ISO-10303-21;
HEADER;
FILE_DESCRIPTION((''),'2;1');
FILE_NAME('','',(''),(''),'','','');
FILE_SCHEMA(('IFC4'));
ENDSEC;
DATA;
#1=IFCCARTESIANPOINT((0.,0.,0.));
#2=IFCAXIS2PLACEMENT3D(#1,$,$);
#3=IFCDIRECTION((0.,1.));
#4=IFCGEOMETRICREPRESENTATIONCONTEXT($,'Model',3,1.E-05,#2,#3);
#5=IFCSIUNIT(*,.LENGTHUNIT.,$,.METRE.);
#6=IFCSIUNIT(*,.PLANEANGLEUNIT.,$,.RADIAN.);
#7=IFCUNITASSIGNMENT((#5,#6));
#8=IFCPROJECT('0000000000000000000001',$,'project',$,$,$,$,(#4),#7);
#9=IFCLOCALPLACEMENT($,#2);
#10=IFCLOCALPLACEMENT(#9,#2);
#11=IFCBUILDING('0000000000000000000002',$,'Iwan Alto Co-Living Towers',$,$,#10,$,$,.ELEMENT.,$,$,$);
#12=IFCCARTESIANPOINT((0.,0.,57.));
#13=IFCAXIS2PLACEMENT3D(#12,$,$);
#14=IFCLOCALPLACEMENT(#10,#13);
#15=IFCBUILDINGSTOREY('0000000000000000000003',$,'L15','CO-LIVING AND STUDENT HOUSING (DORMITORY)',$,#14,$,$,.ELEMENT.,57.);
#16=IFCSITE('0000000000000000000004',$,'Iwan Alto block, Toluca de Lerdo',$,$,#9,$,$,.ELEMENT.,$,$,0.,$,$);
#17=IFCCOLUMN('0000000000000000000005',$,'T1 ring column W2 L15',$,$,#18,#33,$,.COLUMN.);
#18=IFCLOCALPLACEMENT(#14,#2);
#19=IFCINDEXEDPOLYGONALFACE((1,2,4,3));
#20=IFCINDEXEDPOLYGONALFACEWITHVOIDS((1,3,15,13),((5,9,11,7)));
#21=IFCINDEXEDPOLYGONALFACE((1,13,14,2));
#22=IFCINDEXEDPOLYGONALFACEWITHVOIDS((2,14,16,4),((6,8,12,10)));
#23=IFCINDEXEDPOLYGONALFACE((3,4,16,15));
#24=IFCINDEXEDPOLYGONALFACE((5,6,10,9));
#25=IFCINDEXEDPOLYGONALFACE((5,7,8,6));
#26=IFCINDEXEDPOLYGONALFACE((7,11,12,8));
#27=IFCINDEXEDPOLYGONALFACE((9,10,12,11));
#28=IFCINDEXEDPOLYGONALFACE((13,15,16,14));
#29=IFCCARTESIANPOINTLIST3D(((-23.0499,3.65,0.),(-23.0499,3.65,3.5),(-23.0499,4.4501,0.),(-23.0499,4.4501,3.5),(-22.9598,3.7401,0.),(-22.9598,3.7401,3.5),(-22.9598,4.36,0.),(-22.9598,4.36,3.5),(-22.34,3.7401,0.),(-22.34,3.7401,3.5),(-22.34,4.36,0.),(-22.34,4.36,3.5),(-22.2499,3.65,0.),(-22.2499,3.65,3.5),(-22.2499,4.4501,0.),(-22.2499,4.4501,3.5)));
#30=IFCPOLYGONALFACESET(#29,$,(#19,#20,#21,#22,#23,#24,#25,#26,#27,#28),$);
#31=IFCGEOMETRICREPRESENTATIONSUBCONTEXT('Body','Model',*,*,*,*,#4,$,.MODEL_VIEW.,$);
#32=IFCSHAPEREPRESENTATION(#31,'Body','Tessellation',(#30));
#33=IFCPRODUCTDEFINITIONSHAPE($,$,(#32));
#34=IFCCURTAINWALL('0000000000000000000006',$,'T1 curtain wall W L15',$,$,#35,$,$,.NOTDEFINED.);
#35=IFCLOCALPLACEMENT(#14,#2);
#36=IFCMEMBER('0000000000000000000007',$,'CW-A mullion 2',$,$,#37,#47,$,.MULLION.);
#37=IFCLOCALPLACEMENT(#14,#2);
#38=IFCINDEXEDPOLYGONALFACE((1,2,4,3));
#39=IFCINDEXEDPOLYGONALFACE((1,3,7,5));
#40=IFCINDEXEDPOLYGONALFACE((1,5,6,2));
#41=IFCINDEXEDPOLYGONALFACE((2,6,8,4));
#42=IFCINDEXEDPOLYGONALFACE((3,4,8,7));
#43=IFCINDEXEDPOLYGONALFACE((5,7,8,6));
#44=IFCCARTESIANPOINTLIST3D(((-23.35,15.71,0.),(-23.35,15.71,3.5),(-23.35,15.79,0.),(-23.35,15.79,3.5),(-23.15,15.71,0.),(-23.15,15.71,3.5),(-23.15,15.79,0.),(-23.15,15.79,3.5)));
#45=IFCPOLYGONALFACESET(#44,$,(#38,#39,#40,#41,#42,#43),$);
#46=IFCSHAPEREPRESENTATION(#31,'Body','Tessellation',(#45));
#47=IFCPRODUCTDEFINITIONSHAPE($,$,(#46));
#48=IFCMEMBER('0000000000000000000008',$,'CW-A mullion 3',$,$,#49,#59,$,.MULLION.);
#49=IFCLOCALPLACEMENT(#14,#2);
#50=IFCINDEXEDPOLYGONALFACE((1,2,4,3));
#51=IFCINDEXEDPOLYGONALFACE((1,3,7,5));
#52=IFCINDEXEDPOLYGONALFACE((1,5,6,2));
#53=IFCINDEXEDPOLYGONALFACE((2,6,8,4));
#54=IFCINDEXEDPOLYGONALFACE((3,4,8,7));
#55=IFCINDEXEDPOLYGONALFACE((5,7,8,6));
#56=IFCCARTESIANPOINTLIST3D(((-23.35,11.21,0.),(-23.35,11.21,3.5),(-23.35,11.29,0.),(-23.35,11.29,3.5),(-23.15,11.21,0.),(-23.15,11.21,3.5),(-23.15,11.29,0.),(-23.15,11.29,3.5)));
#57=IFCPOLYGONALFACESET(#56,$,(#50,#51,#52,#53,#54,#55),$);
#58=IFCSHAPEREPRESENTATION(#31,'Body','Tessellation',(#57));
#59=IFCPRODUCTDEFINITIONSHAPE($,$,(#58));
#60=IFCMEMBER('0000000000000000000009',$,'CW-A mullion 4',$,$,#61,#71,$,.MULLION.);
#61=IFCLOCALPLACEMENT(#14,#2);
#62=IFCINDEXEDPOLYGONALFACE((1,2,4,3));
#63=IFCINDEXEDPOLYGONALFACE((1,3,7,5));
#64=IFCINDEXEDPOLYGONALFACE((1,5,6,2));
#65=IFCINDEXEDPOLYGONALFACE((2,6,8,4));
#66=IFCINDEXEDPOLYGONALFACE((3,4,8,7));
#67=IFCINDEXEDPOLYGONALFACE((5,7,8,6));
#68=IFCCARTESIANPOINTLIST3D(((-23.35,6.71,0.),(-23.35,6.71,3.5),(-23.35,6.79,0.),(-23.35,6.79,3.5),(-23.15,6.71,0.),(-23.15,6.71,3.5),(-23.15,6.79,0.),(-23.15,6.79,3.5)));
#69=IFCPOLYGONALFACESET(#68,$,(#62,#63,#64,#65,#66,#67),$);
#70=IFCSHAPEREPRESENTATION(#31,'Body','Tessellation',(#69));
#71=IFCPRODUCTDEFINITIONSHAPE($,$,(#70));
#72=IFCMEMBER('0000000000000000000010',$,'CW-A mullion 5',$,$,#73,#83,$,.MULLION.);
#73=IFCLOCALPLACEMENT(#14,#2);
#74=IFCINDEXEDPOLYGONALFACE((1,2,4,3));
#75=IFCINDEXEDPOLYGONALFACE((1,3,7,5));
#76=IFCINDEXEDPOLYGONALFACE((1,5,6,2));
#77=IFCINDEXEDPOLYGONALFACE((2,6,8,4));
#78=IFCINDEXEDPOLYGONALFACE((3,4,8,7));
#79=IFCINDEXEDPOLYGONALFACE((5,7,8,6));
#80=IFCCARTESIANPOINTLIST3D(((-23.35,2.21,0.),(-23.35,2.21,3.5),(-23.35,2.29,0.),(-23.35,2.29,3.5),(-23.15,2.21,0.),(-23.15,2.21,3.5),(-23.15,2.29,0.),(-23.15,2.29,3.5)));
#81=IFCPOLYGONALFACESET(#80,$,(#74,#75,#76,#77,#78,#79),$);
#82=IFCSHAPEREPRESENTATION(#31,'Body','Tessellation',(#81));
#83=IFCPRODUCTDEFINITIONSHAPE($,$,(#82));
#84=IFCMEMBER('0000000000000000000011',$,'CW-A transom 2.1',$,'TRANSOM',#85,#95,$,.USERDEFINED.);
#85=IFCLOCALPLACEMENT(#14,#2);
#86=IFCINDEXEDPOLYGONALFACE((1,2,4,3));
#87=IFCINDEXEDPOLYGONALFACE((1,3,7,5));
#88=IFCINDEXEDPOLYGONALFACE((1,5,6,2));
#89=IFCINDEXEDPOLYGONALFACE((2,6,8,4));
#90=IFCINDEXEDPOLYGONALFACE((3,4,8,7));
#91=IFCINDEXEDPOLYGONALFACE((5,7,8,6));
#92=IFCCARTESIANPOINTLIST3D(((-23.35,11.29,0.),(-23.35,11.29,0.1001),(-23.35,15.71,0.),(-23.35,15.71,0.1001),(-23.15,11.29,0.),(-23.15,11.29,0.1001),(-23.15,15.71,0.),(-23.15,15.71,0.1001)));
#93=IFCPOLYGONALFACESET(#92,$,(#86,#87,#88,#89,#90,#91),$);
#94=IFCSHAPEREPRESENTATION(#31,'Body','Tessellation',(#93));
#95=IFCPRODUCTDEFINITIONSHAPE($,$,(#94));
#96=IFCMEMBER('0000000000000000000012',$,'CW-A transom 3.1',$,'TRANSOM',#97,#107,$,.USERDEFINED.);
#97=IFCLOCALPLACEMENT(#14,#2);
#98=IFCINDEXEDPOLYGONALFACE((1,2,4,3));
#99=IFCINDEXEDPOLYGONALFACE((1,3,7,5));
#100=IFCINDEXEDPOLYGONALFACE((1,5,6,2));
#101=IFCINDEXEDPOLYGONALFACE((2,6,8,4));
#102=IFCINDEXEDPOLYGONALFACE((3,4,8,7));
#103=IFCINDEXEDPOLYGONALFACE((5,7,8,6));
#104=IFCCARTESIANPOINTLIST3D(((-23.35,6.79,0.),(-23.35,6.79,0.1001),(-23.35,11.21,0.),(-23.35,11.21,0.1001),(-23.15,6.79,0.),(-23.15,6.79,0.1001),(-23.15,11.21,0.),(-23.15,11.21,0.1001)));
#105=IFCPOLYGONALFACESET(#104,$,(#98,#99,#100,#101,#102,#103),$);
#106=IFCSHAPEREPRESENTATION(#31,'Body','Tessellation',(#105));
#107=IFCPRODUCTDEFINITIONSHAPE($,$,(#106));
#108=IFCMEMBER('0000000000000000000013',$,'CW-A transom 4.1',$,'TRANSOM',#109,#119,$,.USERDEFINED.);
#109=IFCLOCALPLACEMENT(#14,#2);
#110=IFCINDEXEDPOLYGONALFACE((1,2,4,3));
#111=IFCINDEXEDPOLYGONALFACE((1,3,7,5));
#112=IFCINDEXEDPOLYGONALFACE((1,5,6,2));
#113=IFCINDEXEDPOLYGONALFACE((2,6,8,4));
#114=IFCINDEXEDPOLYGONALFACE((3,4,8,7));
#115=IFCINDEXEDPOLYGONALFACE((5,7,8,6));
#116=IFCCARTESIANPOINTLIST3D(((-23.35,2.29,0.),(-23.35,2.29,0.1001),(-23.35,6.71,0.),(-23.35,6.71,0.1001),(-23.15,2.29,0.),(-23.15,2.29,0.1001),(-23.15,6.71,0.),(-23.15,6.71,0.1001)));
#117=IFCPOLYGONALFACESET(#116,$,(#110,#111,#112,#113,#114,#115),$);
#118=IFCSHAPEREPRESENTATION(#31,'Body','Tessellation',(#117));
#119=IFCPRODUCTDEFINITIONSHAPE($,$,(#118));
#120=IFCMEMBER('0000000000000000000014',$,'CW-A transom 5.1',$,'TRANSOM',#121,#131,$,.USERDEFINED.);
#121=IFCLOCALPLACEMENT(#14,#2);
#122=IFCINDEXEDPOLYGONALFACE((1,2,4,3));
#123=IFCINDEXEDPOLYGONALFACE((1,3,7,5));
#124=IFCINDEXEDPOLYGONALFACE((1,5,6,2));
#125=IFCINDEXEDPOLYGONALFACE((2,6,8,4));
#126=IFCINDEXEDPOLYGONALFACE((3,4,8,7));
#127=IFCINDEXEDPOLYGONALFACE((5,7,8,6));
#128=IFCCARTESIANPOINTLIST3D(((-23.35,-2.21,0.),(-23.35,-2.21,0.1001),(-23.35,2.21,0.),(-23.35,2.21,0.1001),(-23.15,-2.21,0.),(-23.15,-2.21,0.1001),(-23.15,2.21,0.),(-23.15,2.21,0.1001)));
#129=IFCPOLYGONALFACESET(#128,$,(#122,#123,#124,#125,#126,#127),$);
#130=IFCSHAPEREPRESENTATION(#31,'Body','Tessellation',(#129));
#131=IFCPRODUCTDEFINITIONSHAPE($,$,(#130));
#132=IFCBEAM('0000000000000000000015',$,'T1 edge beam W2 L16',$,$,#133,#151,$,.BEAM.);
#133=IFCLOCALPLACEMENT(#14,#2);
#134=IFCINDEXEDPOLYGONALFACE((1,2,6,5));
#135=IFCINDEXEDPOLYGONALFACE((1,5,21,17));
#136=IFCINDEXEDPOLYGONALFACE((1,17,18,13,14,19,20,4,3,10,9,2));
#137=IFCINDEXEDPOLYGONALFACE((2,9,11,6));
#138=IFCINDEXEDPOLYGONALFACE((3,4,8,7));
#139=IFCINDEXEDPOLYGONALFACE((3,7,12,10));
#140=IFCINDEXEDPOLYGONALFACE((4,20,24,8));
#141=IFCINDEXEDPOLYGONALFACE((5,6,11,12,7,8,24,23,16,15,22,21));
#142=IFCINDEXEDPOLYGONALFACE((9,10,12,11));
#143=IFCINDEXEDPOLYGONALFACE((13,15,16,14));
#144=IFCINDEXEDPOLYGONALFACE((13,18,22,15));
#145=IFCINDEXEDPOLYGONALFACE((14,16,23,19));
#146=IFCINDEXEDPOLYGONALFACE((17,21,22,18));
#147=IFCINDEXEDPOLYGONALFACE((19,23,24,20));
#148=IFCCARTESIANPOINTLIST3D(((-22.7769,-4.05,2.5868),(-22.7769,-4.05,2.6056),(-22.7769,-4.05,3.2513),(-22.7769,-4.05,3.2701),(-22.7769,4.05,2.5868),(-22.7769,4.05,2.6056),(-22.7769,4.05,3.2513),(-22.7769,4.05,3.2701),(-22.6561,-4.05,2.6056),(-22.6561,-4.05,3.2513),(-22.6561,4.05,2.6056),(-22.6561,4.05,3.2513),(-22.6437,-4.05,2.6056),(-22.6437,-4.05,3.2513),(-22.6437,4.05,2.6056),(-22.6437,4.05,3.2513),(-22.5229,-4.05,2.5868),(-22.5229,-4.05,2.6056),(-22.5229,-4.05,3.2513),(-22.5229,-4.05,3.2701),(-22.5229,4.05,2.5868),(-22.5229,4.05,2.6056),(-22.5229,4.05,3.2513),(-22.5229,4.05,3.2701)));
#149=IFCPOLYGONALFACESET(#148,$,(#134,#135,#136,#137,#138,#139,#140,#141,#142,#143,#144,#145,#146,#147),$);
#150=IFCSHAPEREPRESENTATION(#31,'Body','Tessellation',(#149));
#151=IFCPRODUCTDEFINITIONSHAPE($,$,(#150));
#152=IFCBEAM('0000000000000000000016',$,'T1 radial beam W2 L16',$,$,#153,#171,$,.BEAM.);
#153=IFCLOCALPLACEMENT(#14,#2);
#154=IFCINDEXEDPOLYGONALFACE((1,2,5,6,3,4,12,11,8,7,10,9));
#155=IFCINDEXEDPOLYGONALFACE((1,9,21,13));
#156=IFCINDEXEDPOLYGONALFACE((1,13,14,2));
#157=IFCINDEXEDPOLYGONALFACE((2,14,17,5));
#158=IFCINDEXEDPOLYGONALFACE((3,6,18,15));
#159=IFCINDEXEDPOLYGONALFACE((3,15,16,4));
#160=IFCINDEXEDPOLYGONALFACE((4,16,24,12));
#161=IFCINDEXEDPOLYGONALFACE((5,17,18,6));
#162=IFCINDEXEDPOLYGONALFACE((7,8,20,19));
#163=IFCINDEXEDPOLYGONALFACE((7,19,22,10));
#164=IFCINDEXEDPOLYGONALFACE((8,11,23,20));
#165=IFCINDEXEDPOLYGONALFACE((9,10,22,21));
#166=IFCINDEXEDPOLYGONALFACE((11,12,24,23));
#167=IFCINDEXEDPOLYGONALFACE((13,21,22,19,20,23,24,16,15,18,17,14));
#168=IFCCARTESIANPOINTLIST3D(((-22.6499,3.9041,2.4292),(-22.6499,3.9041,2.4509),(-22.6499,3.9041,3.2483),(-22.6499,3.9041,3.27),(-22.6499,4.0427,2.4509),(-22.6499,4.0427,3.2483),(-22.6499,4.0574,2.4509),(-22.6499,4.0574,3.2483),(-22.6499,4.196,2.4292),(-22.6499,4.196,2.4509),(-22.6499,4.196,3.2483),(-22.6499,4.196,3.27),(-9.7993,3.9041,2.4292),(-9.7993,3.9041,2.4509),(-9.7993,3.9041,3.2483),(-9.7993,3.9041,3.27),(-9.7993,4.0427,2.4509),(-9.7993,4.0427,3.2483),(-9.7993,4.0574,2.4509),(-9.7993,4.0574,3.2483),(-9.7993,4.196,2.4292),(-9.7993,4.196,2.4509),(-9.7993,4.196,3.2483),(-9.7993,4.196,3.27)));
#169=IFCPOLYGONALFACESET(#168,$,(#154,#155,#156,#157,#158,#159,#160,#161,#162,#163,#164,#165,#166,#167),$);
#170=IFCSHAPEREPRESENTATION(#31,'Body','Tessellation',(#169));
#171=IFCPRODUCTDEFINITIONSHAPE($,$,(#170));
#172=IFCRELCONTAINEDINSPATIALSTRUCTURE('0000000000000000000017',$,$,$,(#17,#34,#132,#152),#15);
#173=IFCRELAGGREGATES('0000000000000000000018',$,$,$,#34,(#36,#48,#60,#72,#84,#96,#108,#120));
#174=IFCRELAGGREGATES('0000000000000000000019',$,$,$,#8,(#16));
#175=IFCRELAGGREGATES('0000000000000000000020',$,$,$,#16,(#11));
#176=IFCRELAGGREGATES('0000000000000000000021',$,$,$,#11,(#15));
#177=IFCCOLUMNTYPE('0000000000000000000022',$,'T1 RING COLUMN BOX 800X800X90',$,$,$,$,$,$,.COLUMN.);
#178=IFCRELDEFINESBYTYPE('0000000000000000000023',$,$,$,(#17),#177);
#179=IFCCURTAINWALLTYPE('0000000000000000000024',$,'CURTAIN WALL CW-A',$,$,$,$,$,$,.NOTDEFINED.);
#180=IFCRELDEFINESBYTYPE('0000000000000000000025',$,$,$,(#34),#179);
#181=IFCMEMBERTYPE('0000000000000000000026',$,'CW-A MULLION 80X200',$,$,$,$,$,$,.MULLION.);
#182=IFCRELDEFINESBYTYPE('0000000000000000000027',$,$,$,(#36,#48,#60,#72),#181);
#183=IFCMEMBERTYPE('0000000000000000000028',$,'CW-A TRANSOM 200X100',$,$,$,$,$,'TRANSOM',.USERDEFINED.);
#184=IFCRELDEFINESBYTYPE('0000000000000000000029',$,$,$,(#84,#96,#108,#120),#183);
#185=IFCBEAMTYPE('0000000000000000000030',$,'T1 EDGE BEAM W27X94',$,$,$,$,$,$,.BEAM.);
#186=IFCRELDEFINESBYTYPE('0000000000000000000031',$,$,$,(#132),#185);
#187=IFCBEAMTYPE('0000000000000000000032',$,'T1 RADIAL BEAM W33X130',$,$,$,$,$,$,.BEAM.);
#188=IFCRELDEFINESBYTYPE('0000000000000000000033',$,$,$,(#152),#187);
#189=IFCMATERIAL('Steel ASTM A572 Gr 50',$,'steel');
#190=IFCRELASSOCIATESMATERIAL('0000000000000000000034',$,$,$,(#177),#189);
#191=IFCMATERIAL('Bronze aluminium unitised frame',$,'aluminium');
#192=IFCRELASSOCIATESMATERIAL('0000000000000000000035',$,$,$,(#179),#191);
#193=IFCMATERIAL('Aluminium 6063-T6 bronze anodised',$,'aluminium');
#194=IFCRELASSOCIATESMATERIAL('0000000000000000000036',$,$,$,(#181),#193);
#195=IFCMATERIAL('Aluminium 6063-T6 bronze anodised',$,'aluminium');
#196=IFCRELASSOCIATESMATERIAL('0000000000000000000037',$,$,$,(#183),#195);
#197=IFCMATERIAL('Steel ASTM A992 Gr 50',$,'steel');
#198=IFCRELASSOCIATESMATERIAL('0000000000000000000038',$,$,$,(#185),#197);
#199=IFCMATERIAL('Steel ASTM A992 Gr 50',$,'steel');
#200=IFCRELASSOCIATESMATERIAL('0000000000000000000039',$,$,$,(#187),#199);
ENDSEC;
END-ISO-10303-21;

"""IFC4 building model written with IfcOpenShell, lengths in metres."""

from ifc_helpers import new_model, si_unit, direction, frame, origin, origin_2d, place, context, subcontext, project, spatial, rectangle, hollow_rectangle, i_section, extrude, material, material_profile, profile_set, type_object, element, aggregate, save


model = new_model("IFC4")

# Units and contexts
model_context = context("Model", 3, precision=1e-05, world=origin(), true_north=direction((0.0, 1.0)))
body_context = subcontext(model_context, "Body", "Model", "MODEL_VIEW")
ifc_project = project(units=[si_unit("LENGTHUNIT", "METRE"), si_unit("PLANEANGLEUNIT", "RADIAN")], contexts=[model_context])

# Site, building, storey
site_placement = place(None, origin())
site = spatial("IfcSite", under=ifc_project, at=site_placement, Name="Iwan Alto block, Toluca de Lerdo", CompositionType="ELEMENT", RefElevation=0.0)
building_placement = place(site_placement, origin())
building = spatial("IfcBuilding", under=site, at=building_placement, Name="Iwan Alto Co-Living Towers", CompositionType="ELEMENT")
storey_placement = place(building_placement, frame((0.0, 0.0, 57.0)))
storey = spatial("IfcBuildingStorey", under=building, at=storey_placement, Name="L15", Description="CO-LIVING AND STUDENT HOUSING (DORMITORY)", CompositionType="ELEMENT", Elevation=57.0)

# Column
ifc_material_1 = material(Name="Steel ASTM A572 Gr 50", Category="steel")
ifc_material_profile_1 = material_profile(ifc_material_1, hollow_rectangle(XDim=0.8, YDim=0.8, WallThickness=0.0901, at=origin_2d()), Name="BOX 800X800X90")
ifc_profile_set_1 = profile_set([ifc_material_profile_1], Name="Steel ASTM A572 Gr 50")
column_type = type_object("IfcColumnType", Name="T1 RING COLUMN BOX 800X800X90", PredefinedType="COLUMN", material=ifc_profile_set_1)
column_placement = place(storey_placement, frame((-22.6499, 4.05, 0.0), z_axis=(0.0, 0.0, 1.0), x_axis=(1.0, 0.0, 0.0)))
element("IfcColumn", 1, at=column_placement, inside=storey, type_object=column_type, Name="T1 ring column W2 L15", PredefinedType="COLUMN", context=body_context, shape_type="SweptSolid", body=[
    extrude(hollow_rectangle(XDim=0.8, YDim=0.8, WallThickness=0.0901, at=origin_2d()), origin(), (0.0, 0.0, 1.0), 3.5),
])

# Curtain wall, members
ifc_material_2 = material(Name="Bronze aluminium unitised frame", Category="aluminium")
curtain_wall_type = type_object("IfcCurtainWallType", Name="CURTAIN WALL CW-A", PredefinedType="NOTDEFINED", material=ifc_material_2)
curtain_wall_placement = place(storey_placement, origin())
curtain_wall = element("IfcCurtainWall", 2, at=curtain_wall_placement, inside=storey, type_object=curtain_wall_type, Name="T1 curtain wall W L15", PredefinedType="NOTDEFINED")
ifc_material_3 = material(Name="Aluminium 6063-T6 bronze anodised", Category="aluminium")
ifc_material_profile_2 = material_profile(ifc_material_3, rectangle(XDim=0.2, YDim=0.0801, at=origin_2d()), Name="AL 80X200")
ifc_profile_set_2 = profile_set([ifc_material_profile_2], Name="Aluminium 6063-T6 bronze anodised")
member_type_1 = type_object("IfcMemberType", Name="CW-A MULLION 80X200", PredefinedType="MULLION", material=ifc_profile_set_2)
member_1_placement = place(storey_placement, frame((-23.25, 15.75, 0.0), z_axis=(0.0, 0.0, 1.0), x_axis=(1.0, 0.0, 0.0)))
member_1 = element("IfcMember", 3, at=member_1_placement, type_object=member_type_1, Name="CW-A mullion 2", PredefinedType="MULLION", context=body_context, shape_type="SweptSolid", body=[
    extrude(rectangle(XDim=0.2, YDim=0.0801, at=origin_2d()), origin(), (0.0, 0.0, 1.0), 3.5),
])
member_2_placement = place(storey_placement, frame((-23.25, 11.25, 0.0), z_axis=(0.0, 0.0, 1.0), x_axis=(1.0, 0.0, 0.0)))
member_2 = element("IfcMember", 4, at=member_2_placement, type_object=member_type_1, Name="CW-A mullion 3", PredefinedType="MULLION", context=body_context, shape_type="SweptSolid", body=[
    extrude(rectangle(XDim=0.2, YDim=0.0801, at=origin_2d()), origin(), (0.0, 0.0, 1.0), 3.5),
])
member_3_placement = place(storey_placement, frame((-23.25, 6.75, 0.0), z_axis=(0.0, 0.0, 1.0), x_axis=(1.0, 0.0, 0.0)))
member_3 = element("IfcMember", 5, at=member_3_placement, type_object=member_type_1, Name="CW-A mullion 4", PredefinedType="MULLION", context=body_context, shape_type="SweptSolid", body=[
    extrude(rectangle(XDim=0.2, YDim=0.0801, at=origin_2d()), origin(), (0.0, 0.0, 1.0), 3.5),
])
member_4_placement = place(storey_placement, frame((-23.25, 2.25, 0.0), z_axis=(0.0, 0.0, 1.0), x_axis=(1.0, 0.0, 0.0)))
member_4 = element("IfcMember", 6, at=member_4_placement, type_object=member_type_1, Name="CW-A mullion 5", PredefinedType="MULLION", context=body_context, shape_type="SweptSolid", body=[
    extrude(rectangle(XDim=0.2, YDim=0.0801, at=origin_2d()), origin(), (0.0, 0.0, 1.0), 3.5),
])
ifc_material_4 = material(Name="Aluminium 6063-T6 bronze anodised", Category="aluminium")
ifc_material_profile_3 = material_profile(ifc_material_4, rectangle(XDim=0.2, YDim=0.1001, at=origin_2d()), Name="AL 200X100")
ifc_profile_set_3 = profile_set([ifc_material_profile_3], Name="Aluminium 6063-T6 bronze anodised")
member_type_2 = type_object("IfcMemberType", Name="CW-A TRANSOM 200X100", ElementType="TRANSOM", PredefinedType="USERDEFINED", material=ifc_profile_set_3)
member_5_placement = place(storey_placement, frame((-23.25, 15.71, 0.05), z_axis=(0.0, -1.0, 0.0), x_axis=(1.0, 0.0, 0.0)))
member_5 = element("IfcMember", 7, at=member_5_placement, type_object=member_type_2, Name="CW-A transom 2.1", ObjectType="TRANSOM", PredefinedType="USERDEFINED", context=body_context, shape_type="SweptSolid", body=[
    extrude(rectangle(XDim=0.2, YDim=0.1001, at=origin_2d()), origin(), (0.0, 0.0, 1.0), 4.4199),
])
member_6_placement = place(storey_placement, frame((-23.25, 11.21, 0.05), z_axis=(0.0, -1.0, 0.0), x_axis=(1.0, 0.0, 0.0)))
member_6 = element("IfcMember", 8, at=member_6_placement, type_object=member_type_2, Name="CW-A transom 3.1", ObjectType="TRANSOM", PredefinedType="USERDEFINED", context=body_context, shape_type="SweptSolid", body=[
    extrude(rectangle(XDim=0.2, YDim=0.1001, at=origin_2d()), origin(), (0.0, 0.0, 1.0), 4.4199),
])
member_7_placement = place(storey_placement, frame((-23.25, 6.71, 0.05), z_axis=(0.0, -1.0, 0.0), x_axis=(1.0, 0.0, 0.0)))
member_7 = element("IfcMember", 9, at=member_7_placement, type_object=member_type_2, Name="CW-A transom 4.1", ObjectType="TRANSOM", PredefinedType="USERDEFINED", context=body_context, shape_type="SweptSolid", body=[
    extrude(rectangle(XDim=0.2, YDim=0.1001, at=origin_2d()), origin(), (0.0, 0.0, 1.0), 4.4199),
])
member_8_placement = place(storey_placement, frame((-23.25, 2.21, 0.05), z_axis=(0.0, -1.0, 0.0), x_axis=(1.0, 0.0, 0.0)))
member_8 = element("IfcMember", 10, at=member_8_placement, type_object=member_type_2, Name="CW-A transom 5.1", ObjectType="TRANSOM", PredefinedType="USERDEFINED", context=body_context, shape_type="SweptSolid", body=[
    extrude(rectangle(XDim=0.2, YDim=0.1001, at=origin_2d()), origin(), (0.0, 0.0, 1.0), 4.4199),
])

# Beams
ifc_material_5 = material(Name="Steel ASTM A992 Gr 50", Category="steel")
ifc_material_profile_4 = material_profile(ifc_material_5, i_section(OverallWidth=0.2539, OverallDepth=0.6833, WebThickness=0.0125, FlangeThickness=0.0188, at=origin_2d()), Name="W27X94")
ifc_profile_set_4 = profile_set([ifc_material_profile_4], Name="Steel ASTM A992 Gr 50")
beam_type_1 = type_object("IfcBeamType", Name="T1 EDGE BEAM W27X94", PredefinedType="BEAM", material=ifc_profile_set_4)
beam_1_placement = place(storey_placement, frame((-22.6499, 4.05, 2.9285), z_axis=(0.0, -1.0, 0.0), x_axis=(1.0, 0.0, 0.0)))
element("IfcBeam", 11, at=beam_1_placement, inside=storey, type_object=beam_type_1, Name="T1 edge beam W2 L16", PredefinedType="BEAM", context=body_context, shape_type="SweptSolid", body=[
    extrude(i_section(OverallWidth=0.2539, OverallDepth=0.6833, WebThickness=0.0125, FlangeThickness=0.0188, at=origin_2d()), origin(), (0.0, 0.0, 1.0), 8.1001),
])
ifc_material_6 = material(Name="Steel ASTM A992 Gr 50", Category="steel")
ifc_material_profile_5 = material_profile(ifc_material_6, i_section(OverallWidth=0.292, OverallDepth=0.8408, WebThickness=0.0146, FlangeThickness=0.0217, at=origin_2d()), Name="W33X130")
ifc_profile_set_5 = profile_set([ifc_material_profile_5], Name="Steel ASTM A992 Gr 50")
beam_type_2 = type_object("IfcBeamType", Name="T1 RADIAL BEAM W33X130", PredefinedType="BEAM", material=ifc_profile_set_5)
beam_2_placement = place(storey_placement, frame((-22.6499, 4.05, 2.8496), z_axis=(1.0, 0.0, 0.0), x_axis=(0.0, 1.0, 0.0)))
element("IfcBeam", 12, at=beam_2_placement, inside=storey, type_object=beam_type_2, Name="T1 radial beam W2 L16", PredefinedType="BEAM", context=body_context, shape_type="SweptSolid", body=[
    extrude(i_section(OverallWidth=0.292, OverallDepth=0.8408, WebThickness=0.0146, FlangeThickness=0.0217, at=origin_2d()), origin(), (0.0, 0.0, 1.0), 12.8506),
])

aggregate(curtain_wall, [member_1, member_2, member_3, member_4, member_5, member_6, member_7, member_8])

save(model, "model.ifc")
